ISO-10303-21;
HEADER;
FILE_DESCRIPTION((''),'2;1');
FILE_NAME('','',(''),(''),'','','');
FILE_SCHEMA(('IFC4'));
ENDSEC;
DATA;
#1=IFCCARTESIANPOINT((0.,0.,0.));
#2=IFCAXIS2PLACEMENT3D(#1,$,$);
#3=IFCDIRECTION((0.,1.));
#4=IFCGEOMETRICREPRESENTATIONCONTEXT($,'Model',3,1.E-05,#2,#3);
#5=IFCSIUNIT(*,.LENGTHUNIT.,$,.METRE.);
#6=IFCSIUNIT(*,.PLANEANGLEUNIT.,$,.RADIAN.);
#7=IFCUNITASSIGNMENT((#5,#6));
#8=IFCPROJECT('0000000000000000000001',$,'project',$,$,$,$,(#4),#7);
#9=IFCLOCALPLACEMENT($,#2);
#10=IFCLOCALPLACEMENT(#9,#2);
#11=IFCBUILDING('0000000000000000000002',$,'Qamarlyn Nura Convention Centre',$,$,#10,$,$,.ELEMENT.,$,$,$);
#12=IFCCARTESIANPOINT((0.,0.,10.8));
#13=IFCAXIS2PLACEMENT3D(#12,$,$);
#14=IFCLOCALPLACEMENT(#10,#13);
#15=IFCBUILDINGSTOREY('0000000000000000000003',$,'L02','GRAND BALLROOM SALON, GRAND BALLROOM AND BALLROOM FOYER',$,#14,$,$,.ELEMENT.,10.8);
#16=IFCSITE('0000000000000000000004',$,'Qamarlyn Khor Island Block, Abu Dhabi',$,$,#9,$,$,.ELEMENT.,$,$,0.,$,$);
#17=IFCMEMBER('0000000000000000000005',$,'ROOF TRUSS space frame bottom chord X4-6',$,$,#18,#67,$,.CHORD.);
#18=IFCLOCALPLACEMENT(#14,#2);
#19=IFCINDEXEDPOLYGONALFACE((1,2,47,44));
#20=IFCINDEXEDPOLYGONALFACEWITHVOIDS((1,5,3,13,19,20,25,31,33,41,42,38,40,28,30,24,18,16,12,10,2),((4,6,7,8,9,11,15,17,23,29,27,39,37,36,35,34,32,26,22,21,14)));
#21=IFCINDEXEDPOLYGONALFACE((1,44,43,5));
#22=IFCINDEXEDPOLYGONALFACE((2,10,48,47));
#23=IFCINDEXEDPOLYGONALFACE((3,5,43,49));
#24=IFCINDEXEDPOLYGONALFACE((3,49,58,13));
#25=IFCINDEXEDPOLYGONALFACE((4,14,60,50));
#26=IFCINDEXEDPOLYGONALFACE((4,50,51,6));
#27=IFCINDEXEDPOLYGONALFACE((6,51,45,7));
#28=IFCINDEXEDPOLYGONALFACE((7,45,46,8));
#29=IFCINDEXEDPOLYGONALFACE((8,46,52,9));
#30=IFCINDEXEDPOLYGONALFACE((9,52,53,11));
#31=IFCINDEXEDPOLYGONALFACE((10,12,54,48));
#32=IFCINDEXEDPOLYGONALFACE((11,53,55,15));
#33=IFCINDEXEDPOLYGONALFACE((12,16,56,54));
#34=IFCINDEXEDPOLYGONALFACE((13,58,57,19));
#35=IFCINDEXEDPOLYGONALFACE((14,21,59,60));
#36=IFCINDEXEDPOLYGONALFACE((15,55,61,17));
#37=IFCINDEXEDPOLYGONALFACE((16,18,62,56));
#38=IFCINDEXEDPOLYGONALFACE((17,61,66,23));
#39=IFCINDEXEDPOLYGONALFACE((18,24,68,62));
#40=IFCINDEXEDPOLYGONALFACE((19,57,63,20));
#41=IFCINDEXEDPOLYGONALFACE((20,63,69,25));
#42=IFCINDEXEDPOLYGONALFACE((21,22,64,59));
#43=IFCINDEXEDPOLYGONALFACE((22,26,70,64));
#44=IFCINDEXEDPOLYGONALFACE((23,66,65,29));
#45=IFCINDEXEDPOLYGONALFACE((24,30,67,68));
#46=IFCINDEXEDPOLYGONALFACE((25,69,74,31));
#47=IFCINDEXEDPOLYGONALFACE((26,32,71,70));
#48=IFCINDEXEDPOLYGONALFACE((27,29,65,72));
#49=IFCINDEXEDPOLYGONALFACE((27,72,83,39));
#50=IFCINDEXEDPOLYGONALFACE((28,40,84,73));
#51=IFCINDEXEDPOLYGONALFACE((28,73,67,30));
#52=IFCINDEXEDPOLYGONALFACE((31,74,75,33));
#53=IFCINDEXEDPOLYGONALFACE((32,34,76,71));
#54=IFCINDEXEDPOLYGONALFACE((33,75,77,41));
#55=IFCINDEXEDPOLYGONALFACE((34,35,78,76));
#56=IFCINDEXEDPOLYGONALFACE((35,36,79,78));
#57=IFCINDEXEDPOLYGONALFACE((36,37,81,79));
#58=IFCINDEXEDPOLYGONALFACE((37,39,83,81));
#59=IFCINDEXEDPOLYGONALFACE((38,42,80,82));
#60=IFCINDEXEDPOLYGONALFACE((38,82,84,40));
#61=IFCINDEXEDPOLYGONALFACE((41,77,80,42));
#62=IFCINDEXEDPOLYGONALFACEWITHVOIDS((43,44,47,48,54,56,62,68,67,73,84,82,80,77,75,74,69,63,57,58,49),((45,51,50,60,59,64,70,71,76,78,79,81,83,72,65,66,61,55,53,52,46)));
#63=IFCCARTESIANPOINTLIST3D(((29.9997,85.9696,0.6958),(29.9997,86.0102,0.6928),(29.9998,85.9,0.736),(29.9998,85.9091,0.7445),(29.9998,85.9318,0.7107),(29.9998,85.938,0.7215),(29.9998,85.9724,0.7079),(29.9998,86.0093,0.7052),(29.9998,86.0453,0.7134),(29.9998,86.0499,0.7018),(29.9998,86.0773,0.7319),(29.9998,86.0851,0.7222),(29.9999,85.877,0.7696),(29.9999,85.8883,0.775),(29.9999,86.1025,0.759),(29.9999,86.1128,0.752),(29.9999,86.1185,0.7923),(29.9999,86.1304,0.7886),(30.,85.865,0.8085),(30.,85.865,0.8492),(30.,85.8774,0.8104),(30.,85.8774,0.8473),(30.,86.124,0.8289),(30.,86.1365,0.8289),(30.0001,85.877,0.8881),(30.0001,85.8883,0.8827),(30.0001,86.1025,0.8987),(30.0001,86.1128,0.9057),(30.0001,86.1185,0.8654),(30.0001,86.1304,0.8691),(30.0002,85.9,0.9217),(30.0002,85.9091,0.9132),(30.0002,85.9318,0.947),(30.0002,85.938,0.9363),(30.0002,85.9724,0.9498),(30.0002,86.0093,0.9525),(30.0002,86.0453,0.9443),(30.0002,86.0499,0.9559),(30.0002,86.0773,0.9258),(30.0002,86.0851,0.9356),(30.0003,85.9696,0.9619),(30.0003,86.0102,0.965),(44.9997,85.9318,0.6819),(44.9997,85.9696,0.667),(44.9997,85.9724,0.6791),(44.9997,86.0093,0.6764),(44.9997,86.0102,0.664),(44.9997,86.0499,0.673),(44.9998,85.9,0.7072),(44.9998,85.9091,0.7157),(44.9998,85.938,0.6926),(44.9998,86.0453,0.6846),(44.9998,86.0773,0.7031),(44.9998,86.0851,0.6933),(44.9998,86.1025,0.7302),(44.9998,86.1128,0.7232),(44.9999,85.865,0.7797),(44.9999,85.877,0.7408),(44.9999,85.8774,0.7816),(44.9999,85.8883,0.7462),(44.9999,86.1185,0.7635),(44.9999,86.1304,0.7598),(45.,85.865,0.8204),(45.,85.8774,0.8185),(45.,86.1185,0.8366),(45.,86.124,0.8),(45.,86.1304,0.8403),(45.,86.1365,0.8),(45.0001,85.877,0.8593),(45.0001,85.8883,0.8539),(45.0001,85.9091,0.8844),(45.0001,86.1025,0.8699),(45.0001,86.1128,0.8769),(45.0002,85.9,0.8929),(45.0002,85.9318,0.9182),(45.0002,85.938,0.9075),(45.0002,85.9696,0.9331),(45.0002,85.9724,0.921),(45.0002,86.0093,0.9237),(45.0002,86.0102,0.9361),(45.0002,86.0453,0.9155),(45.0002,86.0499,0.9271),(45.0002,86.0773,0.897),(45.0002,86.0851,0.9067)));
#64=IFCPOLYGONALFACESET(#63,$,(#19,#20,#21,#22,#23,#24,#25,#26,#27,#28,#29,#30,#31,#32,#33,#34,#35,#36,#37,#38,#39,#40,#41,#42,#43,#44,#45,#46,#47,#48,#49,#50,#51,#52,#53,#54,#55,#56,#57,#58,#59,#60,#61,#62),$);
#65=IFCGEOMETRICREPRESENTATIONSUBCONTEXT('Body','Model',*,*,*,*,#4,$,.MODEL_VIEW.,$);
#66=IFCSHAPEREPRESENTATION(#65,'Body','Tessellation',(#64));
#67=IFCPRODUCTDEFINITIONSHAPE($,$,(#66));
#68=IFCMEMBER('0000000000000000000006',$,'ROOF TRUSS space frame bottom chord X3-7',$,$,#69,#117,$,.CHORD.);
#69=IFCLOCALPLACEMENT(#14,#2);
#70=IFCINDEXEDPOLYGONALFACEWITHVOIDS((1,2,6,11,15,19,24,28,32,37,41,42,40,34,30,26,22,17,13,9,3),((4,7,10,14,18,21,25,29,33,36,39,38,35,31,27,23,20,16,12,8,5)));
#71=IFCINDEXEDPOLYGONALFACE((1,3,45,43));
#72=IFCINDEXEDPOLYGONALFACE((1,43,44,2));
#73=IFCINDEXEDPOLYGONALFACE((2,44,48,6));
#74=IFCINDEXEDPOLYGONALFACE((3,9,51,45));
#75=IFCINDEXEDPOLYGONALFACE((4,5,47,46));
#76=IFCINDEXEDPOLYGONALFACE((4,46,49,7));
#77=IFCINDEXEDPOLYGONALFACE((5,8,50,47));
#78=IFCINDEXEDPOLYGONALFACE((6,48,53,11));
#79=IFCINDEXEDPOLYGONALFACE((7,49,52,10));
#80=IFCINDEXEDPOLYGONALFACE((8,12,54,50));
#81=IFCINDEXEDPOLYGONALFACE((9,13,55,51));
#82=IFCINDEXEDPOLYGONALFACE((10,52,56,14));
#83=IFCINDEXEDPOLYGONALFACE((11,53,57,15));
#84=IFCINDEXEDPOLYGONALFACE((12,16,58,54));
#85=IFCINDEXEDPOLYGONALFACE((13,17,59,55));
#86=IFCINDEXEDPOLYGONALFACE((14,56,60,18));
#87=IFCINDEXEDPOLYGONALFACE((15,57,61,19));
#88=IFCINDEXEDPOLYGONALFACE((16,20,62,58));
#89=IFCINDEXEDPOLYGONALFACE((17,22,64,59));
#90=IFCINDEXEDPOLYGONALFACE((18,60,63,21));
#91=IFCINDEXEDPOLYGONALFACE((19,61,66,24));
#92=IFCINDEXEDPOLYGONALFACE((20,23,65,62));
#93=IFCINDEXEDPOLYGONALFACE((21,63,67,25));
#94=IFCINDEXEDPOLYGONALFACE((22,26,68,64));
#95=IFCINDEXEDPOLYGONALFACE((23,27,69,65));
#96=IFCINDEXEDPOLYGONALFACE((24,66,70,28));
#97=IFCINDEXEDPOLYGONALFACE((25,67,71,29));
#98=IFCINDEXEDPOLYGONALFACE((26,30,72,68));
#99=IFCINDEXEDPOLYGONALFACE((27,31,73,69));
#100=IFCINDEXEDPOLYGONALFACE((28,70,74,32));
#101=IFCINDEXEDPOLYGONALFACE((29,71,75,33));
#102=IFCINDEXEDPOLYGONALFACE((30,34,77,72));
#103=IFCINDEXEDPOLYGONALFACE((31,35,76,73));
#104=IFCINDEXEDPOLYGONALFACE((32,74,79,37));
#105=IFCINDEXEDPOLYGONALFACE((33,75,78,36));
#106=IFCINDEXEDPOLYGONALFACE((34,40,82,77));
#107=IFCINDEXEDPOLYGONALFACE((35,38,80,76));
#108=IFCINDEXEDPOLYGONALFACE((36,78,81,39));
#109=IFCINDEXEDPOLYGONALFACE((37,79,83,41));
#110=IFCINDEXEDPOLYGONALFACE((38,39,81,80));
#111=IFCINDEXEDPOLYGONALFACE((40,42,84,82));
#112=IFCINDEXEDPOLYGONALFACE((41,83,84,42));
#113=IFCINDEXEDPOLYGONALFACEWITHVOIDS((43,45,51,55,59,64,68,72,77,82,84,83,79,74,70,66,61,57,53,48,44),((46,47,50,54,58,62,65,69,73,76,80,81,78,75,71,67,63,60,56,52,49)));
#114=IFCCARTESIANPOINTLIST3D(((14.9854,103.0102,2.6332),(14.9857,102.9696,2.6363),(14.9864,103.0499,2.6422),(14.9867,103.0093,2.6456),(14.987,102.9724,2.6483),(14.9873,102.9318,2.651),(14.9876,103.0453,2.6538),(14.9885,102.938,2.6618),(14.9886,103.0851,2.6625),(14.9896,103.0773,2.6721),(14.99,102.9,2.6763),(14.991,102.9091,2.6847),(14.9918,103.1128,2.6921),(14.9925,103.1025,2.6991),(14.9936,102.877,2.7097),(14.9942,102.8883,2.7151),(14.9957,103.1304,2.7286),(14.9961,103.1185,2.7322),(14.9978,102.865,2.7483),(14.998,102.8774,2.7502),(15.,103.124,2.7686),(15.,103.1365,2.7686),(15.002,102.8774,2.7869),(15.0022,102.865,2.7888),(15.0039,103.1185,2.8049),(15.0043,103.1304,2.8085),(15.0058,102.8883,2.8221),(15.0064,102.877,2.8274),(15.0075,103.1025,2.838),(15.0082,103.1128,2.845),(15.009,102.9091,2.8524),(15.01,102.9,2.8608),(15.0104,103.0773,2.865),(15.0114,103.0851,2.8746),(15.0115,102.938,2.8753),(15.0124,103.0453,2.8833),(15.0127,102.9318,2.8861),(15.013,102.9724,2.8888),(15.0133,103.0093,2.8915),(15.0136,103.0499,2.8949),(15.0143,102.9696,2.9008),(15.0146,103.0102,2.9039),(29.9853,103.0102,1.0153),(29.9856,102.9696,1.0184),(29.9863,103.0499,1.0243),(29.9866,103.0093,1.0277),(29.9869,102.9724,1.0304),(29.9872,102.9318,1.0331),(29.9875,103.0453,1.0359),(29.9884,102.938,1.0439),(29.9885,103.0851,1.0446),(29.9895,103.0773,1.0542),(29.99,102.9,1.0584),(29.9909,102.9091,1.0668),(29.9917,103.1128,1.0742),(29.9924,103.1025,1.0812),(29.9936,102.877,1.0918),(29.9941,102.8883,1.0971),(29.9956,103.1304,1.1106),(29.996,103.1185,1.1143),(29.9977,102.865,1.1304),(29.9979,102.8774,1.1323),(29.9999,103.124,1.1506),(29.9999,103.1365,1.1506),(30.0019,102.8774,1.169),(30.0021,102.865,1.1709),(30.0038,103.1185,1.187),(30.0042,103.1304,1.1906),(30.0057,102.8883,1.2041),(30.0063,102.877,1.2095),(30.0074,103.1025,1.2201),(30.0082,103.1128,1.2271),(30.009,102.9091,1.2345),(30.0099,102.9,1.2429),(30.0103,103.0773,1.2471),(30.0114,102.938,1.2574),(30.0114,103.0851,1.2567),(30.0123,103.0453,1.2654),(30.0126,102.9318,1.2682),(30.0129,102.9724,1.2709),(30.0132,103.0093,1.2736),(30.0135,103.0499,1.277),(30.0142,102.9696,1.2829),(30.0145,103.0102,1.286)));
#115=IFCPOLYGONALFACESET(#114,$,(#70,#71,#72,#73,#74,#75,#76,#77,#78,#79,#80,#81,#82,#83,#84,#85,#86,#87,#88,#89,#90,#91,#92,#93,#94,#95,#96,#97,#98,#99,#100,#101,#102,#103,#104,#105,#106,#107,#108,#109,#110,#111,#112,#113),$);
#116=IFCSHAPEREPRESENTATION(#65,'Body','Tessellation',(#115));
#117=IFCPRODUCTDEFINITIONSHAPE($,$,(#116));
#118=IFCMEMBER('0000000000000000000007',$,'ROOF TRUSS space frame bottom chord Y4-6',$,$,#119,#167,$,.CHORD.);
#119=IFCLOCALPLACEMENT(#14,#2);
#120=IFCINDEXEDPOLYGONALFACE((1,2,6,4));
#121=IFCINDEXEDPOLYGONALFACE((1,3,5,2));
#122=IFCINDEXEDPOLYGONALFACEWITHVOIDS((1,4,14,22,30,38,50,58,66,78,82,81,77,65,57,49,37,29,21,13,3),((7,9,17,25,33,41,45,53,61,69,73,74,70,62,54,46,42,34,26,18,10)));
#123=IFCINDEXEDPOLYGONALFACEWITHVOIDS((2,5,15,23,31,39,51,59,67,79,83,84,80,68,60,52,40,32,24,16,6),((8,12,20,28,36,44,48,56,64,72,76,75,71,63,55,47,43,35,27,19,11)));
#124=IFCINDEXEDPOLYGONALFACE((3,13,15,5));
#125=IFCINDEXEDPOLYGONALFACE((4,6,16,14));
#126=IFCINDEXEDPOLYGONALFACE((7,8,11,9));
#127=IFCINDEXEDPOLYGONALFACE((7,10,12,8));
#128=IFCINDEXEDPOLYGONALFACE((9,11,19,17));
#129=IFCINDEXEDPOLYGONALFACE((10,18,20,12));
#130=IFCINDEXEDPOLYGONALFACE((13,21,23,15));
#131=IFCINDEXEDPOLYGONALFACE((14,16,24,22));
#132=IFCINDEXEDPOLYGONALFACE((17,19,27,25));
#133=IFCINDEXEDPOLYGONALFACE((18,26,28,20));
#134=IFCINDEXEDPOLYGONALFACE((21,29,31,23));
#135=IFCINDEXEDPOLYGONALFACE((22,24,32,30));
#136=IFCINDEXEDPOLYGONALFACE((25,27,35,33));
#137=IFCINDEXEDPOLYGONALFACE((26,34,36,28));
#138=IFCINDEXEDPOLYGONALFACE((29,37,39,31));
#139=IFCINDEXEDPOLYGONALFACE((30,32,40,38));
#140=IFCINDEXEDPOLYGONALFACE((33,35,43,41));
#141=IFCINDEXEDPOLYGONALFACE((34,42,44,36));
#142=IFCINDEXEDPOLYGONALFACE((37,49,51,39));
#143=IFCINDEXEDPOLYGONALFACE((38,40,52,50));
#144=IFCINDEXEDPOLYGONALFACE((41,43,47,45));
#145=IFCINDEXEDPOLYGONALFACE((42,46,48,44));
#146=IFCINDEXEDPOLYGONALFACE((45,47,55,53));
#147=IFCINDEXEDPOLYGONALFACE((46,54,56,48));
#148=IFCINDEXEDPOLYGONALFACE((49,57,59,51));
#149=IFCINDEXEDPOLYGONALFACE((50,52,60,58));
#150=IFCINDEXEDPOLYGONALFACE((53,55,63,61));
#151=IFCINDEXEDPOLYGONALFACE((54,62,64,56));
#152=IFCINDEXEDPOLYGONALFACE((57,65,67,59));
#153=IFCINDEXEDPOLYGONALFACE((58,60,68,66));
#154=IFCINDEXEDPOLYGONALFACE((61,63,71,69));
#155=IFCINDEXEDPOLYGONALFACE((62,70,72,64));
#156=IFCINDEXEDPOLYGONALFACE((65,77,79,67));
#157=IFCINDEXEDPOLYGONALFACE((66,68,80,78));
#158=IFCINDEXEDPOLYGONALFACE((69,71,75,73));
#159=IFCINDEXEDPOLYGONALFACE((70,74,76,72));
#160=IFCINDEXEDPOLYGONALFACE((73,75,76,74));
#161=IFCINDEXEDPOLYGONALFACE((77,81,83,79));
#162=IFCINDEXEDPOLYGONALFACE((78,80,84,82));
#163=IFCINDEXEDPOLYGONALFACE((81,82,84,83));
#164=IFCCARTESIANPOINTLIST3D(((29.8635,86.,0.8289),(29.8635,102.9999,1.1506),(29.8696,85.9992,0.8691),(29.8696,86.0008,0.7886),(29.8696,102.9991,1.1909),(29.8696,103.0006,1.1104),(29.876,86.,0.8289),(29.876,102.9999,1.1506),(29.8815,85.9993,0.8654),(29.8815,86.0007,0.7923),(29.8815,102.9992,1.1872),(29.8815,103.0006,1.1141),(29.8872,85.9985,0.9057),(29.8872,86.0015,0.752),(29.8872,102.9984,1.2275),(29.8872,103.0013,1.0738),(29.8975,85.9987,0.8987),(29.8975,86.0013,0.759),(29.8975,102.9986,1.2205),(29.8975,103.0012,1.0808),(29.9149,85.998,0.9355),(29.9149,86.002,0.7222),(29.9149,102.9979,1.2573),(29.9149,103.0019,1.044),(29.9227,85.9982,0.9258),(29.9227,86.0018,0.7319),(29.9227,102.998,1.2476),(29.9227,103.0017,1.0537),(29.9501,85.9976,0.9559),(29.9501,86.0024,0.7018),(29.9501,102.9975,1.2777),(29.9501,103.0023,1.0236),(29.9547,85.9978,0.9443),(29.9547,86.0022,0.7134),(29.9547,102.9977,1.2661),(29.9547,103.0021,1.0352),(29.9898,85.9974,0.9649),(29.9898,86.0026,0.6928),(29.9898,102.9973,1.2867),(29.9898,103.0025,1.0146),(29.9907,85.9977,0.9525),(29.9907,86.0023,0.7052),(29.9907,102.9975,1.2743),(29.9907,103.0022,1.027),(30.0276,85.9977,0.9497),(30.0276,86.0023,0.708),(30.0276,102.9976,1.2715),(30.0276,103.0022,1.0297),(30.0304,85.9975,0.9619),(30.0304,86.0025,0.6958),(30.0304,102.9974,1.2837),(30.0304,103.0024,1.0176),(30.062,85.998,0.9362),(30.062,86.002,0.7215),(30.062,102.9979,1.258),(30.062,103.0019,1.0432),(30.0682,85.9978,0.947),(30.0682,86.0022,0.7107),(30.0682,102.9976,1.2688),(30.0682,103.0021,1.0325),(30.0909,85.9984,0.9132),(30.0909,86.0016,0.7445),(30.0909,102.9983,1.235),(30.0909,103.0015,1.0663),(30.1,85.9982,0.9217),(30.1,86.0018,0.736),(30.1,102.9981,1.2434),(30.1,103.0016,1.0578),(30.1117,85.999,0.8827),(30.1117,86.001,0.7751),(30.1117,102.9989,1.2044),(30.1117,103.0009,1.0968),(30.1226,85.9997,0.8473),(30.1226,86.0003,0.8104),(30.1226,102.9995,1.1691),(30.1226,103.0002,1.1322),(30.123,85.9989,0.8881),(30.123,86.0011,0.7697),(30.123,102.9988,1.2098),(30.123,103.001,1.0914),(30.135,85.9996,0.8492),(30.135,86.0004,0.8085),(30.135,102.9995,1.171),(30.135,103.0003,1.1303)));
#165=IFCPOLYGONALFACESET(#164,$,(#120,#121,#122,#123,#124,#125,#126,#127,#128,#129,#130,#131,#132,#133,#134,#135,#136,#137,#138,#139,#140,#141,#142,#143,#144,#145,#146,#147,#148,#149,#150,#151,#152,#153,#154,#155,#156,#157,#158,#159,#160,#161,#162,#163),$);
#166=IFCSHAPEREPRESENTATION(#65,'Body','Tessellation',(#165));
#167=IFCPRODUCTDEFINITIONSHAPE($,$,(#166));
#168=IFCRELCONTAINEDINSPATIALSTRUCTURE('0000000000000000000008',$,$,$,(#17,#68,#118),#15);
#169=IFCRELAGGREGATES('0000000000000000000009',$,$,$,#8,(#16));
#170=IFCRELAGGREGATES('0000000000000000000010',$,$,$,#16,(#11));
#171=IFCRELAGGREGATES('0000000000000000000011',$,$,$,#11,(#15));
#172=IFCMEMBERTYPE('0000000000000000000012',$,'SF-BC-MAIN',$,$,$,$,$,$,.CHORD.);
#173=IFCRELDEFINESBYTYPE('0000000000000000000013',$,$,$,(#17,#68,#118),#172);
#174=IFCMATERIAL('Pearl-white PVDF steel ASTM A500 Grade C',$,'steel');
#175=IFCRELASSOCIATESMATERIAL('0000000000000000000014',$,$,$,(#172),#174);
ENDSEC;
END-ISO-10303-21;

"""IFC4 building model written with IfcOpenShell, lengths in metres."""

from ifc_helpers import new_model, si_unit, direction, frame, origin, origin_2d, place, context, subcontext, project, spatial, hollow_circle, extrude, material, material_profile, profile_set, type_object, element, save


model = new_model("IFC4")

# Units and contexts
model_context = context("Model", 3, precision=1e-05, world=origin(), true_north=direction((0.0, 1.0)))
body_context = subcontext(model_context, "Body", "Model", "MODEL_VIEW")
ifc_project = project(units=[si_unit("LENGTHUNIT", "METRE"), si_unit("PLANEANGLEUNIT", "RADIAN")], contexts=[model_context])

# Site, building, storey
site_placement = place(None, origin())
site = spatial("IfcSite", under=ifc_project, at=site_placement, Name="Qamarlyn Khor Island Block, Abu Dhabi", CompositionType="ELEMENT", RefElevation=0.0)
building_placement = place(site_placement, origin())
building = spatial("IfcBuilding", under=site, at=building_placement, Name="Qamarlyn Nura Convention Centre", CompositionType="ELEMENT")
storey_placement = place(building_placement, frame((0.0, 0.0, 10.8)))
storey = spatial("IfcBuildingStorey", under=building, at=storey_placement, Name="L02", Description="GRAND BALLROOM SALON, GRAND BALLROOM AND BALLROOM FOYER", CompositionType="ELEMENT", Elevation=10.8)

# Shared definitions
ifc_material_1 = material(Name="Pearl-white PVDF steel ASTM A500 Grade C", Category="steel")

# Members
ifc_material_profile_1 = material_profile(ifc_material_1, hollow_circle(Radius=0.1365, WallThickness=0.0125, at=origin_2d()), Name="CHS273X12.5")
ifc_profile_set_1 = profile_set([ifc_material_profile_1], Name="Pearl-white PVDF steel ASTM A500 Grade C")
member_type_1 = type_object("IfcMemberType", Name="SF-BC-MAIN", PredefinedType="CHORD", material=ifc_profile_set_1)
member_1_placement = place(storey_placement, frame((30.0, 86.0, 0.8289), z_axis=(0.999998, 0.0, -0.001921), x_axis=(0.0, 1.0, 0.0)))
element("IfcMember", 1, at=member_1_placement, inside=storey, type_object=member_type_1, Name="ROOF TRUSS space frame bottom chord X4-6", PredefinedType="CHORD", context=body_context, shape_type="SweptSolid", body=[
    extrude(hollow_circle(Radius=0.1365, WallThickness=0.0125, at=origin_2d()), origin(), (0.0, 0.0, 1.0), 15.0),
])
member_2_placement = place(storey_placement, frame((15.0, 103.0, 2.7686), z_axis=(0.994233, 0.0, -0.107239), x_axis=(0.0, 1.0, 0.0)))
element("IfcMember", 2, at=member_2_placement, inside=storey, type_object=member_type_1, Name="ROOF TRUSS space frame bottom chord X3-7", PredefinedType="CHORD", context=body_context, shape_type="SweptSolid", body=[
    extrude(hollow_circle(Radius=0.1365, WallThickness=0.0125, at=origin_2d()), origin(), (0.0, 0.0, 1.0), 15.0869),
])
member_3_placement = place(storey_placement, frame((30.0, 86.0, 0.8289), z_axis=(0.0, 0.999821, 0.018925), x_axis=(-1.0, 0.0, 0.0)))
element("IfcMember", 3, at=member_3_placement, inside=storey, type_object=member_type_1, Name="ROOF TRUSS space frame bottom chord Y4-6", PredefinedType="CHORD", context=body_context, shape_type="SweptSolid", body=[
    extrude(hollow_circle(Radius=0.1365, WallThickness=0.0125, at=origin_2d()), origin(), (0.0, 0.0, 1.0), 17.0029),
])

save(model, "model.ifc")
